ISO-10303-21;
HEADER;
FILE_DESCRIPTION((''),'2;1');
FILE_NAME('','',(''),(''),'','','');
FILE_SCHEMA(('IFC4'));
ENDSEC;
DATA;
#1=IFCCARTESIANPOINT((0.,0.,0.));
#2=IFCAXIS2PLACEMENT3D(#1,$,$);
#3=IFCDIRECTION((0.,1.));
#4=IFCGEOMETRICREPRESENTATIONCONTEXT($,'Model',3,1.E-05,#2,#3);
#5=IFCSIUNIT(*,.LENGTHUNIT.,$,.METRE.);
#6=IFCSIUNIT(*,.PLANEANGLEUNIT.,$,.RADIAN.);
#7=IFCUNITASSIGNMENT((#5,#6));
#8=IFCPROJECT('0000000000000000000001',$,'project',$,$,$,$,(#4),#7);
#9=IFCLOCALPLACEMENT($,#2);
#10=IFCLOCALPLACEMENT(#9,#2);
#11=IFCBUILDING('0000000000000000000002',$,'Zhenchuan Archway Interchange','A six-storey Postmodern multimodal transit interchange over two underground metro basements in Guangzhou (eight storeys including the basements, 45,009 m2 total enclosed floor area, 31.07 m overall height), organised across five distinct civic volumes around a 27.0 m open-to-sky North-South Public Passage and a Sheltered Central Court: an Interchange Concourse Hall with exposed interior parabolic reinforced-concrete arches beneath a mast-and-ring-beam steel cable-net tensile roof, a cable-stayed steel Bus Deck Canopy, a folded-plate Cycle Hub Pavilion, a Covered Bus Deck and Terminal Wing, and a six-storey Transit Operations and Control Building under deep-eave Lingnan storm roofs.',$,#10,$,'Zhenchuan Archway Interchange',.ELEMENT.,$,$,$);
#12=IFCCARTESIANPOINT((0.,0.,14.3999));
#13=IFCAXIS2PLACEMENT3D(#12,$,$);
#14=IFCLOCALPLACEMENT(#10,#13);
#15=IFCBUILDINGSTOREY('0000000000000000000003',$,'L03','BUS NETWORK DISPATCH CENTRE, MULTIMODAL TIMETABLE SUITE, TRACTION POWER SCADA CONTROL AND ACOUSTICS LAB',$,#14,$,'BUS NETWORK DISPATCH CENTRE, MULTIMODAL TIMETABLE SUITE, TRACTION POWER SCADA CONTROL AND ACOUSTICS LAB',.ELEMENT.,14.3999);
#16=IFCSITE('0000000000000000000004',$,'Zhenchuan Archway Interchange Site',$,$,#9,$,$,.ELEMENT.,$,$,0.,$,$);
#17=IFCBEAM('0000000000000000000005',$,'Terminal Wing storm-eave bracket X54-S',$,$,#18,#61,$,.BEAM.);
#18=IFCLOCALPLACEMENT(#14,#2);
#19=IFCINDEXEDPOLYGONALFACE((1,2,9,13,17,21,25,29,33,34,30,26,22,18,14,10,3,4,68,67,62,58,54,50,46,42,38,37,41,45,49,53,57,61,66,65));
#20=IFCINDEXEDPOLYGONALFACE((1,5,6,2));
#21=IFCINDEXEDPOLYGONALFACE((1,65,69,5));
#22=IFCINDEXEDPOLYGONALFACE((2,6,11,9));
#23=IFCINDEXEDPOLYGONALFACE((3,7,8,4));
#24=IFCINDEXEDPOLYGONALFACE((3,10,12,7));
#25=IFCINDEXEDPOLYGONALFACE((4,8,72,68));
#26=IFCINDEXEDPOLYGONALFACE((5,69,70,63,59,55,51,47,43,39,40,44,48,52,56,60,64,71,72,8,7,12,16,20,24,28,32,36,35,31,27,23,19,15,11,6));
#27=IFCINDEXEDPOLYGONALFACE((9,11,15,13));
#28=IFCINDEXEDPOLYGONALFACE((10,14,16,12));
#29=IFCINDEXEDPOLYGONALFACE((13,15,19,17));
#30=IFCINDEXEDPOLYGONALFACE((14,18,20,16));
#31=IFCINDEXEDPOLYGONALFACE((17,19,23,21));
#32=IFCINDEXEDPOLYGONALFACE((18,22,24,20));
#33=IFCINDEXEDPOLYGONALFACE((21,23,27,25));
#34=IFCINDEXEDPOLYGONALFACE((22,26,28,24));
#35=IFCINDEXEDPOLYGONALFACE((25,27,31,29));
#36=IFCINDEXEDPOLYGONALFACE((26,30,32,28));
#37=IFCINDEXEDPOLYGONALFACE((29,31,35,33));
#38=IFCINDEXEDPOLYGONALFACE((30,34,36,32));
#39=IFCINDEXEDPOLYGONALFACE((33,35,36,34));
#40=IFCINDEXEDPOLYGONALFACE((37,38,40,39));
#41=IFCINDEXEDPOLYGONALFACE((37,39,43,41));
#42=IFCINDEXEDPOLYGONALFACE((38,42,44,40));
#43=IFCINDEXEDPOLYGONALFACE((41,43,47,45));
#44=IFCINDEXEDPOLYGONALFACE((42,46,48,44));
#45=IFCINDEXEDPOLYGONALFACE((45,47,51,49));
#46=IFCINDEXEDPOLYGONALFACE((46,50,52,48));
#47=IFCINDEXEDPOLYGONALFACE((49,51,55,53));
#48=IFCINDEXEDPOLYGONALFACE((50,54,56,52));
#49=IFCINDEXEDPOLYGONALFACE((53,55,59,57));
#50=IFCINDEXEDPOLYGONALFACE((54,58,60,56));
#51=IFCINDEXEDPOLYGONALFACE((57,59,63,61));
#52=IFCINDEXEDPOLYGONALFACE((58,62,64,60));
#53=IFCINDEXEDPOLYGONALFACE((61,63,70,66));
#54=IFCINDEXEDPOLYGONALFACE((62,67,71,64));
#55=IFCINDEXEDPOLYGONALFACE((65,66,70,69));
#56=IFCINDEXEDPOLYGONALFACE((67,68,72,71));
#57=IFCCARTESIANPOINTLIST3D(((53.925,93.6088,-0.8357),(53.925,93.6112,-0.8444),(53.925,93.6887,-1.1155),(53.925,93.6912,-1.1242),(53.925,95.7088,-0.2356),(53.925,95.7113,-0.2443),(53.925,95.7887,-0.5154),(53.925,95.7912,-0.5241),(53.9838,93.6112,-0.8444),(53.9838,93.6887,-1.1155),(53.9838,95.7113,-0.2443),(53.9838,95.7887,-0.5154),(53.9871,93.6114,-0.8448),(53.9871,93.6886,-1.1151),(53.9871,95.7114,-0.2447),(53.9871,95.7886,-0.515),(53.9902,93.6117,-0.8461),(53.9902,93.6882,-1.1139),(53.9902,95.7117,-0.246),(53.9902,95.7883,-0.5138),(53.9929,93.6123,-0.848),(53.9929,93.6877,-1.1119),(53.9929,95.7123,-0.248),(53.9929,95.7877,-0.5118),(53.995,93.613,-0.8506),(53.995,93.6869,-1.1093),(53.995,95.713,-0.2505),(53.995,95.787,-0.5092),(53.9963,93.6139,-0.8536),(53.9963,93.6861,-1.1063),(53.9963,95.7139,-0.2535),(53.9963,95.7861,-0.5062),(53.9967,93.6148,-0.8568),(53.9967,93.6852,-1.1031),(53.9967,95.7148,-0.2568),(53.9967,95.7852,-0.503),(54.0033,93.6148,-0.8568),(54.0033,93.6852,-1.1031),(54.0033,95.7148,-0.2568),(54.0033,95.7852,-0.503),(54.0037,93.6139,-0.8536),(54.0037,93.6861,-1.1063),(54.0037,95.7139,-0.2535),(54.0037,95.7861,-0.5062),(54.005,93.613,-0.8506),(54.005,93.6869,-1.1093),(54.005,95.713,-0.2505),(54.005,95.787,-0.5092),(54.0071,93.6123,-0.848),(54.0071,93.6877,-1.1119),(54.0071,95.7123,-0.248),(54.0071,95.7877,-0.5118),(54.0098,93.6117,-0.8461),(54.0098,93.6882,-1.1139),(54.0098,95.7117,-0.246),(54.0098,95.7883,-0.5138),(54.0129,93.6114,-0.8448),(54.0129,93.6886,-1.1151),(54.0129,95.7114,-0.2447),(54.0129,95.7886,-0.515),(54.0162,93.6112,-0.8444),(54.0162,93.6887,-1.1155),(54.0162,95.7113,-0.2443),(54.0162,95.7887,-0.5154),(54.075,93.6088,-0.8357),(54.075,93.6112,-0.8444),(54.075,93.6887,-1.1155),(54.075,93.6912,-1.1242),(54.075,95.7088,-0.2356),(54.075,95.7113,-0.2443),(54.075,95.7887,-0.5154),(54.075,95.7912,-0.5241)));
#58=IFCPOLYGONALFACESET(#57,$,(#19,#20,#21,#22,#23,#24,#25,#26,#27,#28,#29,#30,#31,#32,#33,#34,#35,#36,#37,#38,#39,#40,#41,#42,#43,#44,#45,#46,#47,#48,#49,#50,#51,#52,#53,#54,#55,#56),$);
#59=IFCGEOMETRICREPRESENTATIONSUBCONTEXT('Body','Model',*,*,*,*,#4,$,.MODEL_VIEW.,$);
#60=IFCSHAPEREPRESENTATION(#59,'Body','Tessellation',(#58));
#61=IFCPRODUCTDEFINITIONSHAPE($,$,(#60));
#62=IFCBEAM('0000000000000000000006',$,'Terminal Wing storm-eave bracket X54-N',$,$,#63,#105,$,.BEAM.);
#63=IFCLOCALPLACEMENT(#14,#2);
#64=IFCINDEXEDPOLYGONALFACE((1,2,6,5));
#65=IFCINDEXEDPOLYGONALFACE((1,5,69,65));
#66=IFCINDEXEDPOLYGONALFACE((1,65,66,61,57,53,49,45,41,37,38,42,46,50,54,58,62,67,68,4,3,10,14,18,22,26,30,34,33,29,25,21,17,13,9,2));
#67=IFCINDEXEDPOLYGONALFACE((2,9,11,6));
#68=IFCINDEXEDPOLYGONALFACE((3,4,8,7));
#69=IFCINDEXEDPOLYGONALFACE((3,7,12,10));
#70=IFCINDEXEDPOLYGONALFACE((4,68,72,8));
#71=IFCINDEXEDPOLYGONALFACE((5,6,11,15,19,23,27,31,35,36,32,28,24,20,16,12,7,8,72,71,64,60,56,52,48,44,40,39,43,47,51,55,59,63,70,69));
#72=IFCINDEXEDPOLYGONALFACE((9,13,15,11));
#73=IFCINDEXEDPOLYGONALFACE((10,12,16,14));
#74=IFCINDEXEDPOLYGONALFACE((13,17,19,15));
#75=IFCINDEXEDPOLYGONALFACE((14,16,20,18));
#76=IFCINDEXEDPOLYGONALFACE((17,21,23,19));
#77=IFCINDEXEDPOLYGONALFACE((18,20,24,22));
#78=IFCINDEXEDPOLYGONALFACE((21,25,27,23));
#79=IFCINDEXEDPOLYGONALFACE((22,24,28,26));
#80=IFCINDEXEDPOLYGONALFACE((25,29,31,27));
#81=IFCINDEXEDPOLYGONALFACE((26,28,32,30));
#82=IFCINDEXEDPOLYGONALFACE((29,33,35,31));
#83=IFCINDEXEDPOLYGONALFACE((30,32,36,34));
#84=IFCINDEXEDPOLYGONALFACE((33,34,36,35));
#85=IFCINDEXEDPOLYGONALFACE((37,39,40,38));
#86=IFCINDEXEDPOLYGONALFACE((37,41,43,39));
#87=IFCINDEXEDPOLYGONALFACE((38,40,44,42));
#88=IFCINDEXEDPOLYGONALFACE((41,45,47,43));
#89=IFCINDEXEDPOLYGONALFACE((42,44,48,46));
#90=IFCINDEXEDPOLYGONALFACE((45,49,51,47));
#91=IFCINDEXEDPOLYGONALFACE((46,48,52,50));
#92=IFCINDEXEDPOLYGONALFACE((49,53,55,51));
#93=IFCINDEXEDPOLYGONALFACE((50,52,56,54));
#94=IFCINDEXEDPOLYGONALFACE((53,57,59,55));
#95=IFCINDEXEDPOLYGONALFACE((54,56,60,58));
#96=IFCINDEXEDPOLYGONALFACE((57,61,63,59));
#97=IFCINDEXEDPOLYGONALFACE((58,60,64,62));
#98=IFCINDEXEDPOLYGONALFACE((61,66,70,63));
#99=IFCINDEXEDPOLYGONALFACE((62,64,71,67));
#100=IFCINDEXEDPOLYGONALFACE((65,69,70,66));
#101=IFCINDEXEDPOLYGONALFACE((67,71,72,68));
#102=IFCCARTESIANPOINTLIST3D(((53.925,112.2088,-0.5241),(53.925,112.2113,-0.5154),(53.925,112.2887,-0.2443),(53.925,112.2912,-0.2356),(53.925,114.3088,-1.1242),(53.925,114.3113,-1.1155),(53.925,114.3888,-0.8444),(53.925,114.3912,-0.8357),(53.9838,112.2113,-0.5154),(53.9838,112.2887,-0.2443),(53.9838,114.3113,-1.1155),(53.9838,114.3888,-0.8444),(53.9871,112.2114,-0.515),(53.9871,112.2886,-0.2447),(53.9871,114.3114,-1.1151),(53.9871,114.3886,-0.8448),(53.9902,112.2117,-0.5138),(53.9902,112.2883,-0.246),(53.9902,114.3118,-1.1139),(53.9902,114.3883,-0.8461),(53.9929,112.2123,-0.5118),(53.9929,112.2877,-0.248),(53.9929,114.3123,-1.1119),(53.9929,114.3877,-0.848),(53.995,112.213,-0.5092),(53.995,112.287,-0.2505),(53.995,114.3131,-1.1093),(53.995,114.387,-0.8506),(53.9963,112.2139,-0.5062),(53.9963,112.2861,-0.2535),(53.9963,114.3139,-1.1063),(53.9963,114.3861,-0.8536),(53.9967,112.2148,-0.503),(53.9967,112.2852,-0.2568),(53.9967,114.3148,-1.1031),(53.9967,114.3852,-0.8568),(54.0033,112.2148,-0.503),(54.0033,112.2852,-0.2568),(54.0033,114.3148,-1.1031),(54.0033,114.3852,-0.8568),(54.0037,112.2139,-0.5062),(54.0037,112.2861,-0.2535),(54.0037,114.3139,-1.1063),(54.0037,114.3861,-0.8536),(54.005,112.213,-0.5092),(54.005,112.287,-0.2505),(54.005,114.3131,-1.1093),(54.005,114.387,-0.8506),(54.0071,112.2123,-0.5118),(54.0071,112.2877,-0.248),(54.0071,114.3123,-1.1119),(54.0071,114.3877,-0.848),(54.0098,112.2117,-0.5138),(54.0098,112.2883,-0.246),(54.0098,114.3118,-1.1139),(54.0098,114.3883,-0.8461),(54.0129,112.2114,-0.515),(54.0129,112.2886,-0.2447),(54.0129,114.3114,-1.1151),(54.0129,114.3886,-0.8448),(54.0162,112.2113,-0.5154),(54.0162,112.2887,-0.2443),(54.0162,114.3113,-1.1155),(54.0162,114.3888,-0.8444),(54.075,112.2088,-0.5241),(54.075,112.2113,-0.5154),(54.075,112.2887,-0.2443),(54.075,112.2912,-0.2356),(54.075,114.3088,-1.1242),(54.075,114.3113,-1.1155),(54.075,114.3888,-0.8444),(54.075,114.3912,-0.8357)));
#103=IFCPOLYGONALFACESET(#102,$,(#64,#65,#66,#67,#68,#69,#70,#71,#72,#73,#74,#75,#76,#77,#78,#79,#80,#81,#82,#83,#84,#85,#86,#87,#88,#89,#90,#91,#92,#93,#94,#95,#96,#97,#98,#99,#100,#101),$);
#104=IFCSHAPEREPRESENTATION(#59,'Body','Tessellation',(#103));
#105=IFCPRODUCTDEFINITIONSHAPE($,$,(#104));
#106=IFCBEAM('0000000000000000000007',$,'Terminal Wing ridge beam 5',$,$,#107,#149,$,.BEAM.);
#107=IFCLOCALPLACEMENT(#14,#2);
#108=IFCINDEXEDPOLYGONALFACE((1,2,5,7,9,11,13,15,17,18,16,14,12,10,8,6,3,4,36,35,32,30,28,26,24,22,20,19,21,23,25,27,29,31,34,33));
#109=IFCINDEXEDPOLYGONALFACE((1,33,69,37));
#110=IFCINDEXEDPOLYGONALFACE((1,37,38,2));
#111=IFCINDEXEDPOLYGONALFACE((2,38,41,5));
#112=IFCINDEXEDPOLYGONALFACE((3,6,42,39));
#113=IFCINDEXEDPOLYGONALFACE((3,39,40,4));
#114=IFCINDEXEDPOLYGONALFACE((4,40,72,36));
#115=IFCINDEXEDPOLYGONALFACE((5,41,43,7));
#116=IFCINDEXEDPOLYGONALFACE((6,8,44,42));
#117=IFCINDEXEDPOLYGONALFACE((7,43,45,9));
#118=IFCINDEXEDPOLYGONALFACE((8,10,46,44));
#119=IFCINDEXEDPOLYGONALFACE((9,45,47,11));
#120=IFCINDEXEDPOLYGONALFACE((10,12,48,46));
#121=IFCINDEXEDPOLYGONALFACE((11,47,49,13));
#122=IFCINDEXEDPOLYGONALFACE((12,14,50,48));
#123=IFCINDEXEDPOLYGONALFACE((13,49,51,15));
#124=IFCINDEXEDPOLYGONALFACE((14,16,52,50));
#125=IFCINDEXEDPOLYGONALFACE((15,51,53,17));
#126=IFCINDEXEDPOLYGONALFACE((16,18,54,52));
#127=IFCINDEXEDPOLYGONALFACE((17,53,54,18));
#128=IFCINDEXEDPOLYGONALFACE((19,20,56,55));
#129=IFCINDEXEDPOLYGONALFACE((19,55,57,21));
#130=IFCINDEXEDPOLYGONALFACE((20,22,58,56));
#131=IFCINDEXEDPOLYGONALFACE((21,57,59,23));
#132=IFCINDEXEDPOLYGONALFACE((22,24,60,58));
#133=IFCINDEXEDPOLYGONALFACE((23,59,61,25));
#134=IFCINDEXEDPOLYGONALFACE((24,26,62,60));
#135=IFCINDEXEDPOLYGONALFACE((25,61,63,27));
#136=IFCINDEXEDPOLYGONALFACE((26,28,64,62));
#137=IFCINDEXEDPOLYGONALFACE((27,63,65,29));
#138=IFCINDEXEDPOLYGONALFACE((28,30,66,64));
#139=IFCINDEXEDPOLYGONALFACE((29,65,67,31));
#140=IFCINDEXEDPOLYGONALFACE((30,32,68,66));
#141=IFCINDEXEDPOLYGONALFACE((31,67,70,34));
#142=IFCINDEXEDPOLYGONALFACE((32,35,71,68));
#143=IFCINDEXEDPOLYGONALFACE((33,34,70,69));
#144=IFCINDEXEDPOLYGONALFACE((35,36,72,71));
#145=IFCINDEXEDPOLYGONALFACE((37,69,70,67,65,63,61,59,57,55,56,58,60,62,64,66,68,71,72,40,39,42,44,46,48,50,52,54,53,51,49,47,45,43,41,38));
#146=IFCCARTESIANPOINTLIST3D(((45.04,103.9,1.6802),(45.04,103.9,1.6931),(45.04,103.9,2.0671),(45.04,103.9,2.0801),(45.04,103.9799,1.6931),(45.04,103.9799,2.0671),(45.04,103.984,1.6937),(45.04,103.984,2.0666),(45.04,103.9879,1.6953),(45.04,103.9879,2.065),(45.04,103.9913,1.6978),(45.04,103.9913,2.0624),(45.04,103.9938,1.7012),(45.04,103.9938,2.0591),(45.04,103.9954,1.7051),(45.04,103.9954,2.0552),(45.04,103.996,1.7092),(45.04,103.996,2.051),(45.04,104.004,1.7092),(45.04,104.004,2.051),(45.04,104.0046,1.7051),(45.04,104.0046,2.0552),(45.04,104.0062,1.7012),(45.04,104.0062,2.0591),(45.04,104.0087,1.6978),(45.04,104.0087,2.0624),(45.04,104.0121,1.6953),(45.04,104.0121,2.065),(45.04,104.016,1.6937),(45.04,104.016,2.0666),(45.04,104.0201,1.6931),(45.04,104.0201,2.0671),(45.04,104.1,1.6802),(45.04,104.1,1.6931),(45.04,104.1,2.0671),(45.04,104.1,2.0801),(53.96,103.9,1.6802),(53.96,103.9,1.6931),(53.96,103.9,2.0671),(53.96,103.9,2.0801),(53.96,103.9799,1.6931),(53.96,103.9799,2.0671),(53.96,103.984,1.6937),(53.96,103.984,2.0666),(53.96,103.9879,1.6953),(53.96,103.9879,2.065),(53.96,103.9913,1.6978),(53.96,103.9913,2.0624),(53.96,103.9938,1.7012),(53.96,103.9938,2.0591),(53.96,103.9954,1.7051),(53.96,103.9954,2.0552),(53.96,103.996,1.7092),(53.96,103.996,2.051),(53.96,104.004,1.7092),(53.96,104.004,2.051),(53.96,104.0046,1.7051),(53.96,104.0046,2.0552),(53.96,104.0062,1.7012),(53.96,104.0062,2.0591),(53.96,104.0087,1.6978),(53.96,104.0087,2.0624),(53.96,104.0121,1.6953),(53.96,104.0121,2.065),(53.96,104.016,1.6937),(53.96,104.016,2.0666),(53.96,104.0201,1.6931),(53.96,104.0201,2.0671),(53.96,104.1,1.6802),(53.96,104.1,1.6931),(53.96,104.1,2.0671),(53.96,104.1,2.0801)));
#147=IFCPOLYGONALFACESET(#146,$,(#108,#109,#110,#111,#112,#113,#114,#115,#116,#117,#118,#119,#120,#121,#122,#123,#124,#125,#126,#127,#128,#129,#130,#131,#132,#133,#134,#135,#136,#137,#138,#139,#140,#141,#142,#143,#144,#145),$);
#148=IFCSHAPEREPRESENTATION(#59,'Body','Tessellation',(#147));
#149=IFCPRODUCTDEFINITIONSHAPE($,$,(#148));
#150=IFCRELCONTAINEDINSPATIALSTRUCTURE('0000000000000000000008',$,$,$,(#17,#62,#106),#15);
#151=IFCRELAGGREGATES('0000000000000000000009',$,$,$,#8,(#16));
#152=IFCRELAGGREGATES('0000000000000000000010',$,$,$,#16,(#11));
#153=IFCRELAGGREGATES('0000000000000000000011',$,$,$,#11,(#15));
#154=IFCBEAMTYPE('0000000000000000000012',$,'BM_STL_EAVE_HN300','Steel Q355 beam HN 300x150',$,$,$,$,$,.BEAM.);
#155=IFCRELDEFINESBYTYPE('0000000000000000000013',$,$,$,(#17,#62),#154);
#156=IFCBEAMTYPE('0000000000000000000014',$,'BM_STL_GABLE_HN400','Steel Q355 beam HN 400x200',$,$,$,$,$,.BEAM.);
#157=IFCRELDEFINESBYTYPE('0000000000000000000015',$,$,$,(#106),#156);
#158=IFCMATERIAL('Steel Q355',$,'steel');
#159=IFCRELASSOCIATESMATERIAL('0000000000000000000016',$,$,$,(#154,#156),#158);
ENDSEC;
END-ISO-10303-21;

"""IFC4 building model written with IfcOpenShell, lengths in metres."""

from ifc_helpers import new_model, si_unit, direction, frame, origin, origin_2d, place, context, subcontext, project, spatial, i_section, extrude, material, material_profile, profile_set, type_object, element, save


model = new_model("IFC4")

# Units and contexts
model_context = context("Model", 3, precision=1e-05, world=origin(), true_north=direction((0.0, 1.0)))
body_context = subcontext(model_context, "Body", "Model", "MODEL_VIEW")
ifc_project = project(units=[si_unit("LENGTHUNIT", "METRE"), si_unit("PLANEANGLEUNIT", "RADIAN")], contexts=[model_context])

# Site, building, storey
site_placement = place(None, origin())
site = spatial("IfcSite", under=ifc_project, at=site_placement, Name="Zhenchuan Archway Interchange Site", CompositionType="ELEMENT", RefElevation=0.0)
building_placement = place(site_placement, origin())
building = spatial("IfcBuilding", under=site, at=building_placement, Name="Zhenchuan Archway Interchange", Description="A six-storey Postmodern multimodal transit interchange over two underground metro basements in Guangzhou (eight storeys including the basements, 45,009 m2 total enclosed floor area, 31.07 m overall height), organised across five distinct civic volumes around a 27.0 m open-to-sky North-South Public Passage and a Sheltered Central Court: an Interchange Concourse Hall with exposed interior parabolic reinforced-concrete arches beneath a mast-and-ring-beam steel cable-net tensile roof, a cable-stayed steel Bus Deck Canopy, a folded-plate Cycle Hub Pavilion, a Covered Bus Deck and Terminal Wing, and a six-storey Transit Operations and Control Building under deep-eave Lingnan storm roofs.", LongName="Zhenchuan Archway Interchange", CompositionType="ELEMENT")
storey_placement = place(building_placement, frame((0.0, 0.0, 14.3999)))
storey = spatial("IfcBuildingStorey", under=building, at=storey_placement, Name="L03", Description="BUS NETWORK DISPATCH CENTRE, MULTIMODAL TIMETABLE SUITE, TRACTION POWER SCADA CONTROL AND ACOUSTICS LAB", LongName="BUS NETWORK DISPATCH CENTRE, MULTIMODAL TIMETABLE SUITE, TRACTION POWER SCADA CONTROL AND ACOUSTICS LAB", CompositionType="ELEMENT", Elevation=14.3999)

# Shared definitions
ifc_material_1 = material(Name="Steel Q355", Category="steel")

# Beams
ifc_material_profile_1 = material_profile(ifc_material_1, i_section(OverallWidth=0.1499, OverallDepth=0.3, WebThickness=0.0066, FlangeThickness=0.009, FilletRadius=0.0129, at=origin_2d()), Name="HN 300x150")
ifc_profile_set_1 = profile_set([ifc_material_profile_1], Name="Steel Q355")
beam_type_1 = type_object("IfcBeamType", Name="BM_STL_EAVE_HN300", Description="Steel Q355 beam HN 300x150", PredefinedType="BEAM", material=ifc_profile_set_1)
for number, where, z_axis, x_axis, name in (
    (1, (54.0, 95.75, -0.3799), (0.0, -0.961516, -0.274751), (1.0, 0.0, 0.0), "Terminal Wing storm-eave bracket X54-S"),
    (2, (54.0, 112.25, -0.3799), (0.0, 0.961516, -0.274751), (-1.0, 0.0, 0.0), "Terminal Wing storm-eave bracket X54-N"),
):
    element("IfcBeam", number, at=place(storey_placement, frame(where, z_axis=z_axis, x_axis=x_axis)), inside=storey, type_object=beam_type_1, Name=name, PredefinedType="BEAM", context=body_context, shape_type="SweptSolid", body=[
        extrude(i_section(OverallWidth=0.1499, OverallDepth=0.3, WebThickness=0.0066, FlangeThickness=0.009, FilletRadius=0.0129, at=origin_2d()), origin(), (0.0, 0.0, 1.0), 2.1841),
    ])
ifc_material_profile_2 = material_profile(ifc_material_1, i_section(OverallWidth=0.2, OverallDepth=0.3999, WebThickness=0.0081, FlangeThickness=0.0129, FilletRadius=0.0161, at=origin_2d()), Name="HN 400x200")
ifc_profile_set_2 = profile_set([ifc_material_profile_2], Name="Steel Q355")
beam_type_2 = type_object("IfcBeamType", Name="BM_STL_GABLE_HN400", Description="Steel Q355 beam HN 400x200", PredefinedType="BEAM", material=ifc_profile_set_2)
beam_1_placement = place(storey_placement, frame((45.04, 104.0, 1.8801), z_axis=(1.0, 0.0, 0.0), x_axis=(0.0, 1.0, 0.0)))
element("IfcBeam", 3, at=beam_1_placement, inside=storey, type_object=beam_type_2, Name="Terminal Wing ridge beam 5", PredefinedType="BEAM", context=body_context, shape_type="SweptSolid", body=[
    extrude(i_section(OverallWidth=0.2, OverallDepth=0.3999, WebThickness=0.0081, FlangeThickness=0.0129, FilletRadius=0.0161, at=origin_2d()), origin(), (0.0, 0.0, 1.0), 8.9199),
])

save(model, "model.ifc")
